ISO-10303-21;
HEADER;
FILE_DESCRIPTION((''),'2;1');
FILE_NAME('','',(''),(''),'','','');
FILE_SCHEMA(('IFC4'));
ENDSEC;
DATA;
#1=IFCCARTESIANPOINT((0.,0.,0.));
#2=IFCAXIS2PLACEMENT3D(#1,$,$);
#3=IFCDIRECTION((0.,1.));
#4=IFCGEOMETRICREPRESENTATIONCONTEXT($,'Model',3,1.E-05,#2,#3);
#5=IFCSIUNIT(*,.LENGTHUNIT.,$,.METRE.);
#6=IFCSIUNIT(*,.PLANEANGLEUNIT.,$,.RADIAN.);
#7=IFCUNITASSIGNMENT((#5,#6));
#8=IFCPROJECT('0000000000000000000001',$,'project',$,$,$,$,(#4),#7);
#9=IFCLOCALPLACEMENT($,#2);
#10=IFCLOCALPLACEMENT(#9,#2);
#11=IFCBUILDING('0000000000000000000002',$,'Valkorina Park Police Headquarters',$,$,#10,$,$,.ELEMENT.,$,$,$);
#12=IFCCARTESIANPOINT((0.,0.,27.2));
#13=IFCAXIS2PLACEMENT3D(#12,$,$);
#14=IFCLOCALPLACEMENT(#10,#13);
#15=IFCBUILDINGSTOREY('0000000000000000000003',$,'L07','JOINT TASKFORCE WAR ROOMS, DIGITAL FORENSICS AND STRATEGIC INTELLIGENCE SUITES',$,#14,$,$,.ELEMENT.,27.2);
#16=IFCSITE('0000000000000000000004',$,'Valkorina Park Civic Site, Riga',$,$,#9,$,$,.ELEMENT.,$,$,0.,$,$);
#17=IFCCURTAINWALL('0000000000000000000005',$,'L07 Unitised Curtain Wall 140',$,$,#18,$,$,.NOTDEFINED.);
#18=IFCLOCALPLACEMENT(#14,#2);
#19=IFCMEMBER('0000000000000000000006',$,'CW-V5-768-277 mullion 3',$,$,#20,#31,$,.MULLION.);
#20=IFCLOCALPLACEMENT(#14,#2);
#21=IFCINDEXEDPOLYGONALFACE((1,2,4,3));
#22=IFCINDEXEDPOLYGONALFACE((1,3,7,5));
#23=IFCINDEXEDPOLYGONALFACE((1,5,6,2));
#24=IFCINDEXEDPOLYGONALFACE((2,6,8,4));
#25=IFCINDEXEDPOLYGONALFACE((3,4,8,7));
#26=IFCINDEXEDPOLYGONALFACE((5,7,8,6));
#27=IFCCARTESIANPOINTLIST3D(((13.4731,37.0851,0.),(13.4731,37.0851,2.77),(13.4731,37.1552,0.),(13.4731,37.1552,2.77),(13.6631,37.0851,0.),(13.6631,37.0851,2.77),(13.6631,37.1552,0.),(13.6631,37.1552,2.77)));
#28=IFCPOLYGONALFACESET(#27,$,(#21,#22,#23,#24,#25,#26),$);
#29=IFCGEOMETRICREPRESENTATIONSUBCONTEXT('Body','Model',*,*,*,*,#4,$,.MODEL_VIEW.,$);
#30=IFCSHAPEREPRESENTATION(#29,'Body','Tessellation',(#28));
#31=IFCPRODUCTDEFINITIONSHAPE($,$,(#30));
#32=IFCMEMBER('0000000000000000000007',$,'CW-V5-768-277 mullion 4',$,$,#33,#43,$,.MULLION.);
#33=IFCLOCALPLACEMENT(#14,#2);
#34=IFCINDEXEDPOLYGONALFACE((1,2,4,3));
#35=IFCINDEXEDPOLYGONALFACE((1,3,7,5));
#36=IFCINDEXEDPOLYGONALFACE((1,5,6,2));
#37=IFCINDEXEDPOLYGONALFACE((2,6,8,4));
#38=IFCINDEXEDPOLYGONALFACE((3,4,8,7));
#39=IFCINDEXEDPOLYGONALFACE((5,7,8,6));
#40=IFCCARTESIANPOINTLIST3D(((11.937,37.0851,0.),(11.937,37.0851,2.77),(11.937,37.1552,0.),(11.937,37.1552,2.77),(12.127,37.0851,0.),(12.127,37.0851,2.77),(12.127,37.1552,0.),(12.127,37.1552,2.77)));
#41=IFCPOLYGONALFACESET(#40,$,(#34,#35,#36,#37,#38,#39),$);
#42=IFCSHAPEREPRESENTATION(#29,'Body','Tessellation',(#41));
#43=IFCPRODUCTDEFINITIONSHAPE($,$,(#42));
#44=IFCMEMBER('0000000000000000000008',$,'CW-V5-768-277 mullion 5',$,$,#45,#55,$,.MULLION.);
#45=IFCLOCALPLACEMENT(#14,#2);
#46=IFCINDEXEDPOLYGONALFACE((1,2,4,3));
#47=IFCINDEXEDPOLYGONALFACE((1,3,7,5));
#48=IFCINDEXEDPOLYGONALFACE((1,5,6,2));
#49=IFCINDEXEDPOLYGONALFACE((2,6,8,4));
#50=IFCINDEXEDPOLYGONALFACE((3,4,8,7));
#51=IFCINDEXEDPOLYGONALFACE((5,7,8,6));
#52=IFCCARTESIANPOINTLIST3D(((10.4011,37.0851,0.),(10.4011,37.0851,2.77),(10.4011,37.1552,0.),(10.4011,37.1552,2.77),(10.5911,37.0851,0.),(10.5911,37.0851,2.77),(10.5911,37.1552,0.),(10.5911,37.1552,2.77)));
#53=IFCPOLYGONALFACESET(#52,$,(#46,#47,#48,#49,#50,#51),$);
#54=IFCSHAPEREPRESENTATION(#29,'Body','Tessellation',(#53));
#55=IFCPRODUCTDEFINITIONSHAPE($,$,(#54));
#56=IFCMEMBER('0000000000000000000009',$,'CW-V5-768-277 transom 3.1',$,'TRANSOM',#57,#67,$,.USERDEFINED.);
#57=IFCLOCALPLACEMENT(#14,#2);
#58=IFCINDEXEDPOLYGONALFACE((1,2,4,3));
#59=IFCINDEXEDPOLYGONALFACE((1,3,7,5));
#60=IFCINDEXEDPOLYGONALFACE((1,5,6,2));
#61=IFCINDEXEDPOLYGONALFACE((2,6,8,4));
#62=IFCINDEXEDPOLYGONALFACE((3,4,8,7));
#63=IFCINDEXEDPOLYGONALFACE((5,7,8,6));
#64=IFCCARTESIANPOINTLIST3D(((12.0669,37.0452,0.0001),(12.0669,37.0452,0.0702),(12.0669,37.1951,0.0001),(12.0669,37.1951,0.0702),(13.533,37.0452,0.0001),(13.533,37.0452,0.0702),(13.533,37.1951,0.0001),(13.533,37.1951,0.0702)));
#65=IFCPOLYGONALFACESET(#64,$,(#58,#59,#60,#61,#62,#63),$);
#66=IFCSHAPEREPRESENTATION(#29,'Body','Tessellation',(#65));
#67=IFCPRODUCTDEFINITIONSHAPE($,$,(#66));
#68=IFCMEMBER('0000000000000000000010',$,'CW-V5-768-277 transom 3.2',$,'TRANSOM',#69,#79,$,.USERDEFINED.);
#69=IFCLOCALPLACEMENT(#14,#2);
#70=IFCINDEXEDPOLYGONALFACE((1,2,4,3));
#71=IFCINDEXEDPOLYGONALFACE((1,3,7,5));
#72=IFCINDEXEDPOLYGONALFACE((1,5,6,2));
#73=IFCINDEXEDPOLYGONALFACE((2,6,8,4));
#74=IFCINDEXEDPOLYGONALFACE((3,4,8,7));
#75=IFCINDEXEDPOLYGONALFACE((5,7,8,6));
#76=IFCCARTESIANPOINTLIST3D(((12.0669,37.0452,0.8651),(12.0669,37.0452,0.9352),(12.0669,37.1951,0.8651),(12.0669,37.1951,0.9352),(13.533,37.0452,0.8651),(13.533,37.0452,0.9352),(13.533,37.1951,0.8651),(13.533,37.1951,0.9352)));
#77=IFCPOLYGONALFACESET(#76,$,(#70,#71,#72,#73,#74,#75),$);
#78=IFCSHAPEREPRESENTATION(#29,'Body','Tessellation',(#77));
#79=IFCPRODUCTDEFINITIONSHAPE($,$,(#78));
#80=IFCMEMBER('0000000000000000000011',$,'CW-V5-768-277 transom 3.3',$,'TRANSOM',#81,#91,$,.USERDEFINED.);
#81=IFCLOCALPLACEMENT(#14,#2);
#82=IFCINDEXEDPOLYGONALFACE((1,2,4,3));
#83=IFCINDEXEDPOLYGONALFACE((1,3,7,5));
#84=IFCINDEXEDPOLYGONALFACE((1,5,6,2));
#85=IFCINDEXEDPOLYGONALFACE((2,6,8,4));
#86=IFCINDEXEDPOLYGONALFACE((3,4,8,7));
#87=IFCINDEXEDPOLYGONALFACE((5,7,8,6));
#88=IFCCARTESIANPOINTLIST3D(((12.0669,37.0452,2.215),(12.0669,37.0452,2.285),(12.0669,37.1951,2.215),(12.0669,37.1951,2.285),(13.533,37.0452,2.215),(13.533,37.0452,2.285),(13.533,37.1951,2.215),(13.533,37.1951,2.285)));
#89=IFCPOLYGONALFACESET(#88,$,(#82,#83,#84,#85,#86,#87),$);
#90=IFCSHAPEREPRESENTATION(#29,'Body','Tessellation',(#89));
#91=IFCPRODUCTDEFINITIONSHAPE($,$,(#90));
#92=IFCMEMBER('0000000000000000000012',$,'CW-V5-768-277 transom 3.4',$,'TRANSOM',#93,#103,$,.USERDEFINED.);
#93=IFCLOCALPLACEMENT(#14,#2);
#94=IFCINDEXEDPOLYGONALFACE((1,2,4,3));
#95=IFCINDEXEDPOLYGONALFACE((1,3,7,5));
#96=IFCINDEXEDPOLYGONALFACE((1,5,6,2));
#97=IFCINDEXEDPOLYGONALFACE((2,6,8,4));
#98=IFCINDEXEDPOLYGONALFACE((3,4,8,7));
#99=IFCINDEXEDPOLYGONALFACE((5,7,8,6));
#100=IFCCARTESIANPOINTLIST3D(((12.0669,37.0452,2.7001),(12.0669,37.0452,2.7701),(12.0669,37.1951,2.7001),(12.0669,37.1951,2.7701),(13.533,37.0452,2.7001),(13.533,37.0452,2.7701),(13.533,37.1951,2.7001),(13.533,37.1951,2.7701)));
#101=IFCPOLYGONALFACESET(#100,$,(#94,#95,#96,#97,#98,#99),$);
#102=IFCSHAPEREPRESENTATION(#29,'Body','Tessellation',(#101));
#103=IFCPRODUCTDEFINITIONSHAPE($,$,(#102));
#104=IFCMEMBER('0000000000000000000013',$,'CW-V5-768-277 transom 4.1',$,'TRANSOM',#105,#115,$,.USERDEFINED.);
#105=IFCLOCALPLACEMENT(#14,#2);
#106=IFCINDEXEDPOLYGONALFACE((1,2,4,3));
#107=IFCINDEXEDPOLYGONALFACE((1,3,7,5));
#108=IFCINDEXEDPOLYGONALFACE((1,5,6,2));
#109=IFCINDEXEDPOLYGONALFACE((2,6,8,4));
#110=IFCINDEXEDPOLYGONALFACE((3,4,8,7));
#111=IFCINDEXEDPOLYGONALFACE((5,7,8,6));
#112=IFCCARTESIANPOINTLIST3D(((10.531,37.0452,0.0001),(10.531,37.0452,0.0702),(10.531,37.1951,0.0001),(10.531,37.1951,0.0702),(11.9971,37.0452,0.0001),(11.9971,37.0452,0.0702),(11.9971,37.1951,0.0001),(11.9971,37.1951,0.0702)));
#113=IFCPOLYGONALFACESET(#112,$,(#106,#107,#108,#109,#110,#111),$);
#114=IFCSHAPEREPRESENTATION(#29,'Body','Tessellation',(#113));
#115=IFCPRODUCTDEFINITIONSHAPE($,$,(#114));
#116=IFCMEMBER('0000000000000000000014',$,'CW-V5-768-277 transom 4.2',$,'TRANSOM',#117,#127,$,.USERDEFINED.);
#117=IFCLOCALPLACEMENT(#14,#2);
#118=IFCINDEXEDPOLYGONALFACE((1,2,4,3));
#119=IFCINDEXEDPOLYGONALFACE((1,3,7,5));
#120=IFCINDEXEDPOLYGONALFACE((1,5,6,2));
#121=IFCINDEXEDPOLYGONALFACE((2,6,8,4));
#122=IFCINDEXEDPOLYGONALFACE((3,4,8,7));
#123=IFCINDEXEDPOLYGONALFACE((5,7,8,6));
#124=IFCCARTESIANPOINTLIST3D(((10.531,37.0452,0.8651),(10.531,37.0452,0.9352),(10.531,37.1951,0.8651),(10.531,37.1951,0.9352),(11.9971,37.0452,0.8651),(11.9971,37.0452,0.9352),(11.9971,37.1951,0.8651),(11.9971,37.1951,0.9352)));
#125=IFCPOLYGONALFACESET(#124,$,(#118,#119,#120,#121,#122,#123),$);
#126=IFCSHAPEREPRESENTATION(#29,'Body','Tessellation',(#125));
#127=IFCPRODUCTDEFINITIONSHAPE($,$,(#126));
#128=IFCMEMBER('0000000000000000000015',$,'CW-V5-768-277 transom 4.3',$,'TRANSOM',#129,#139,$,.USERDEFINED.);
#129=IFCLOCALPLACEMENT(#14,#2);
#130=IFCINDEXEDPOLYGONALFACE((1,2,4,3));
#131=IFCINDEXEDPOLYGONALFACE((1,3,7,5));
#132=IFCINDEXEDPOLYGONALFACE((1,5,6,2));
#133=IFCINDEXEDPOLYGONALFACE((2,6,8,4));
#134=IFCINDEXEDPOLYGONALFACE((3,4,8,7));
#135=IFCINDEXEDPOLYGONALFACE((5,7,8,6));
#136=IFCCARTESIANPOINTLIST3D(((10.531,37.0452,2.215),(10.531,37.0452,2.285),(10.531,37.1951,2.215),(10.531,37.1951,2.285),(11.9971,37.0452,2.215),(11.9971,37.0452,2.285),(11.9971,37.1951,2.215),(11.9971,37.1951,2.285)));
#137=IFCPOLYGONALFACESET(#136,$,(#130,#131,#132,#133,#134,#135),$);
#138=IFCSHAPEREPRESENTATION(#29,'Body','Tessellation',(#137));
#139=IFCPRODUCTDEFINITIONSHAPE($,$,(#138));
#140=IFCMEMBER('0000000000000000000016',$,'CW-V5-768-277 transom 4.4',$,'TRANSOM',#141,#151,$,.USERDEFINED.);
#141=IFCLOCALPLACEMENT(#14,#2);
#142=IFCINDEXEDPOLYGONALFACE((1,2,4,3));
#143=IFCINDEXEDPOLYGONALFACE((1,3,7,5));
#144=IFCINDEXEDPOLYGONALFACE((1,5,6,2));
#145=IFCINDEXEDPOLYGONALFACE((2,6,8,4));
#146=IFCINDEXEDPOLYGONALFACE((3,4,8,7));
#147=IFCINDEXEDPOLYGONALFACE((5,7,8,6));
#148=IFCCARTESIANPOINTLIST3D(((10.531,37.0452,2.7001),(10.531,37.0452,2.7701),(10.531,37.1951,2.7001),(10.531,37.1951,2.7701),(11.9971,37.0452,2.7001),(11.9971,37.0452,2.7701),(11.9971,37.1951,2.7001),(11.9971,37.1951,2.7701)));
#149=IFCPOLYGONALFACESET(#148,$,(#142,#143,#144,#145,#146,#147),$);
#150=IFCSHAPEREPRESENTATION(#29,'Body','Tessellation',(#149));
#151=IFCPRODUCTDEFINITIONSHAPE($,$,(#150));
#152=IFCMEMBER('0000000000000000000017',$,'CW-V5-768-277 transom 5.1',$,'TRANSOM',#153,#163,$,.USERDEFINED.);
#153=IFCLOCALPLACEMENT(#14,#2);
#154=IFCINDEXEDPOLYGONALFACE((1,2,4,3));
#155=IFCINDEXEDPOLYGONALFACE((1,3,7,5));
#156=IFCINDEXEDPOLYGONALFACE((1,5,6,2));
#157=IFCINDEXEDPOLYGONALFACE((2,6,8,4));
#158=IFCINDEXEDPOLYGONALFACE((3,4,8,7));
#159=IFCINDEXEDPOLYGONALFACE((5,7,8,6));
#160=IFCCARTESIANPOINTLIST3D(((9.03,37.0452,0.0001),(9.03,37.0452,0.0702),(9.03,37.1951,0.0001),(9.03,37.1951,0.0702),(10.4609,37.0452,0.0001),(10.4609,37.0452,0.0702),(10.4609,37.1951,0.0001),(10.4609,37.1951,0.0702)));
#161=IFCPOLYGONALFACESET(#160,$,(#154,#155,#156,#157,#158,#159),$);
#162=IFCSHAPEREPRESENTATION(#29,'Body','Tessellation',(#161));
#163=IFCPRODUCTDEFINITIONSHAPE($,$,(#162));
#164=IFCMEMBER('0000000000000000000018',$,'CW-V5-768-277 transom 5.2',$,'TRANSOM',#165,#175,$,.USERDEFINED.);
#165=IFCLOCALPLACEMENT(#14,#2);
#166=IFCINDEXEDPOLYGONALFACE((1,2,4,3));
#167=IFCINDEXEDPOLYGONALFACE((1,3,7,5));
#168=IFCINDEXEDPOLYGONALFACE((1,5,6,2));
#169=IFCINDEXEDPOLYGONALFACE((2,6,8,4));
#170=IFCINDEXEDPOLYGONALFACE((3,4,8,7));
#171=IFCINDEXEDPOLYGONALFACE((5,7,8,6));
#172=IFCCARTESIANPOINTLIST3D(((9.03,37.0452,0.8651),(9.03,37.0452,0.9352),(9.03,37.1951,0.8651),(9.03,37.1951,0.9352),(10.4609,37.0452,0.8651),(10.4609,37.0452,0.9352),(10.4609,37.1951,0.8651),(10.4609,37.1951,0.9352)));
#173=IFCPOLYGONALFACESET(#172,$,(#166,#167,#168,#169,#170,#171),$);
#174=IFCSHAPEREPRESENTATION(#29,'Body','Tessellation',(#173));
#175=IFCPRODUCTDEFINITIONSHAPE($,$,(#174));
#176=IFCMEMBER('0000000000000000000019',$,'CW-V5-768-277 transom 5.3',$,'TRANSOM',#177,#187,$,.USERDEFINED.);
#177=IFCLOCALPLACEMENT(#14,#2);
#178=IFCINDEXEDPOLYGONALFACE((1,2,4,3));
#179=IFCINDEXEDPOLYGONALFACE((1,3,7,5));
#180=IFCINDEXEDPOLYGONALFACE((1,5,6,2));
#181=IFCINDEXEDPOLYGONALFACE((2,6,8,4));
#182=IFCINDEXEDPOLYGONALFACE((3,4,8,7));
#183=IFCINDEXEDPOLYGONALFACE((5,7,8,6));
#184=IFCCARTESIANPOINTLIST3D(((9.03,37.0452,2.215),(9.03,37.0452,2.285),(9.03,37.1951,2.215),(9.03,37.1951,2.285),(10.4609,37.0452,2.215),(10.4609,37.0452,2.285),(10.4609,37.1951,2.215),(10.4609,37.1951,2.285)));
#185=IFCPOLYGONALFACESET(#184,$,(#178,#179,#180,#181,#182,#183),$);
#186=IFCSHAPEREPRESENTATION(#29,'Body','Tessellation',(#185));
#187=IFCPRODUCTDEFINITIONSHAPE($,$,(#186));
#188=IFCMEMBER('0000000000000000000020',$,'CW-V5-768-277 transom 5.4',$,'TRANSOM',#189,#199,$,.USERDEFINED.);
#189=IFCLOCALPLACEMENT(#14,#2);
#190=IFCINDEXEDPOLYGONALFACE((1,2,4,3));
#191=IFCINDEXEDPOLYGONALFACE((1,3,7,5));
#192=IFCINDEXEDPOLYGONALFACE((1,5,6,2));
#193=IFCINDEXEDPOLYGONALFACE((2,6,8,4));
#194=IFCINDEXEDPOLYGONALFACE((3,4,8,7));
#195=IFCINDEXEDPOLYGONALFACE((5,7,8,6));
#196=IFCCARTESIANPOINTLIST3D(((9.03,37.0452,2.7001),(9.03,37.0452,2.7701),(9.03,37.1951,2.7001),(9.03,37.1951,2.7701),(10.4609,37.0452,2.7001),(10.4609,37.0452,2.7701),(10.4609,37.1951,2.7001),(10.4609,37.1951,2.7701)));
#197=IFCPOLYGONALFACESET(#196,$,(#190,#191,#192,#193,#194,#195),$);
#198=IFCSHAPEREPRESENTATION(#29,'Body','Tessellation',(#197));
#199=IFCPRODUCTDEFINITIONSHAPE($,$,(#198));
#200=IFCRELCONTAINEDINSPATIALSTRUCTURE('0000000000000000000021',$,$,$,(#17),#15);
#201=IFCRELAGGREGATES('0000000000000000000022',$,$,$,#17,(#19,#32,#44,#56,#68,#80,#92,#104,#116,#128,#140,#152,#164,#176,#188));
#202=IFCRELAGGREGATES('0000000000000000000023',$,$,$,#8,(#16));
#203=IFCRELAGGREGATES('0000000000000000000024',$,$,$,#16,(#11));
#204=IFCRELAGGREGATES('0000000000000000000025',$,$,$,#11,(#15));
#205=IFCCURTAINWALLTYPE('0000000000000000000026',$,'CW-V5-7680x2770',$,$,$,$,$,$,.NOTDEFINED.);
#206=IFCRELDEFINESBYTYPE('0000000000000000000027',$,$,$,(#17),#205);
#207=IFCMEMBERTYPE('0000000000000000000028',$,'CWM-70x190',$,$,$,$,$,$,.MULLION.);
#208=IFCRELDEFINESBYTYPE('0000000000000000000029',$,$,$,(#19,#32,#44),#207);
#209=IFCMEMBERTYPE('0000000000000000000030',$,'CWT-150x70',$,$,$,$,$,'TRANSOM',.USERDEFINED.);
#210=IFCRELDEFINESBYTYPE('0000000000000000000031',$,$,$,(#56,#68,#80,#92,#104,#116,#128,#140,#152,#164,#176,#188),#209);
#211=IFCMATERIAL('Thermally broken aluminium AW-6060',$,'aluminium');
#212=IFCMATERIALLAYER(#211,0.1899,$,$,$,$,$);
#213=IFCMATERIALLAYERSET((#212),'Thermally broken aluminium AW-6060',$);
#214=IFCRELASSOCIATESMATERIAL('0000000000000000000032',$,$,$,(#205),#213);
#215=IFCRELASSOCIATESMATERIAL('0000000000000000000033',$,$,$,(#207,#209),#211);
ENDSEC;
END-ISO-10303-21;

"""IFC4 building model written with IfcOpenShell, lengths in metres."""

from ifc_helpers import new_model, si_unit, direction, frame, origin, origin_2d, place, context, subcontext, project, spatial, rectangle, extrude, material, layer, layer_set, material_profile, profile_set, type_object, element, aggregate, save


model = new_model("IFC4")

# Units and contexts
model_context = context("Model", 3, precision=1e-05, world=origin(), true_north=direction((0.0, 1.0)))
body_context = subcontext(model_context, "Body", "Model", "MODEL_VIEW")
ifc_project = project(units=[si_unit("LENGTHUNIT", "METRE"), si_unit("PLANEANGLEUNIT", "RADIAN")], contexts=[model_context])

# Site, building, storey
site_placement = place(None, origin())
site = spatial("IfcSite", under=ifc_project, at=site_placement, Name="Valkorina Park Civic Site, Riga", CompositionType="ELEMENT", RefElevation=0.0)
building_placement = place(site_placement, origin())
building = spatial("IfcBuilding", under=site, at=building_placement, Name="Valkorina Park Police Headquarters", CompositionType="ELEMENT")
storey_placement = place(building_placement, frame((0.0, 0.0, 27.2)))
storey = spatial("IfcBuildingStorey", under=building, at=storey_placement, Name="L07", Description="JOINT TASKFORCE WAR ROOMS, DIGITAL FORENSICS AND STRATEGIC INTELLIGENCE SUITES", CompositionType="ELEMENT", Elevation=27.2)

# Curtain wall, members
ifc_material_1 = material(Name="Thermally broken aluminium AW-6060", Category="aluminium")
ifc_layer_1 = layer(ifc_material_1, 0.1899)
ifc_layer_set_1 = layer_set([ifc_layer_1], Name="Thermally broken aluminium AW-6060")
curtain_wall_type = type_object("IfcCurtainWallType", Name="CW-V5-7680x2770", PredefinedType="NOTDEFINED", material=ifc_layer_set_1)
curtain_wall_placement = place(storey_placement, origin())
curtain_wall = element("IfcCurtainWall", 1, at=curtain_wall_placement, inside=storey, type_object=curtain_wall_type, Name="L07 Unitised Curtain Wall 140", PredefinedType="NOTDEFINED")
ifc_material_profile_1 = material_profile(ifc_material_1, rectangle(XDim=0.0701, YDim=0.1899, at=origin_2d()), Name="CWM-02 70x190")
ifc_profile_set_1 = profile_set([ifc_material_profile_1], Name="Thermally broken aluminium AW-6060")
member_type_1 = type_object("IfcMemberType", Name="CWM-70x190", PredefinedType="MULLION", material=ifc_profile_set_1)
member_1_placement = place(storey_placement, frame((13.5681, 37.1201, 0.0), z_axis=(0.0, 0.0, 1.0), x_axis=(0.0, -1.0, 0.0)))
member_1 = element("IfcMember", 2, at=member_1_placement, type_object=member_type_1, Name="CW-V5-768-277 mullion 3", PredefinedType="MULLION", context=body_context, shape_type="SweptSolid", body=[
    extrude(rectangle(XDim=0.0701, YDim=0.1899, at=origin_2d()), origin(), (0.0, 0.0, 1.0), 2.77),
])
member_2_placement = place(storey_placement, frame((12.032, 37.1201, 0.0), z_axis=(0.0, 0.0, 1.0), x_axis=(0.0, -1.0, 0.0)))
member_2 = element("IfcMember", 3, at=member_2_placement, type_object=member_type_1, Name="CW-V5-768-277 mullion 4", PredefinedType="MULLION", context=body_context, shape_type="SweptSolid", body=[
    extrude(rectangle(XDim=0.0701, YDim=0.1899, at=origin_2d()), origin(), (0.0, 0.0, 1.0), 2.77),
])
member_3_placement = place(storey_placement, frame((10.4961, 37.1201, 0.0), z_axis=(0.0, 0.0, 1.0), x_axis=(0.0, -1.0, 0.0)))
member_3 = element("IfcMember", 4, at=member_3_placement, type_object=member_type_1, Name="CW-V5-768-277 mullion 5", PredefinedType="MULLION", context=body_context, shape_type="SweptSolid", body=[
    extrude(rectangle(XDim=0.0701, YDim=0.1899, at=origin_2d()), origin(), (0.0, 0.0, 1.0), 2.77),
])
ifc_material_profile_2 = material_profile(ifc_material_1, rectangle(XDim=0.1499, YDim=0.0701, at=origin_2d()), Name="CWT-02 150x70")
ifc_profile_set_2 = profile_set([ifc_material_profile_2], Name="Thermally broken aluminium AW-6060")
member_type_2 = type_object("IfcMemberType", Name="CWT-150x70", ElementType="TRANSOM", PredefinedType="USERDEFINED", material=ifc_profile_set_2)
member_4_placement = place(storey_placement, frame((13.533, 37.1201, 0.0352), z_axis=(-1.0, 0.0, 0.0), x_axis=(0.0, -1.0, 0.0)))
member_4 = element("IfcMember", 5, at=member_4_placement, type_object=member_type_2, Name="CW-V5-768-277 transom 3.1", ObjectType="TRANSOM", PredefinedType="USERDEFINED", context=body_context, shape_type="SweptSolid", body=[
    extrude(rectangle(XDim=0.1499, YDim=0.0701, at=origin_2d()), origin(), (0.0, 0.0, 1.0), 1.4661),
])
member_5_placement = place(storey_placement, frame((13.533, 37.1201, 0.9001), z_axis=(-1.0, 0.0, 0.0), x_axis=(0.0, -1.0, 0.0)))
member_5 = element("IfcMember", 6, at=member_5_placement, type_object=member_type_2, Name="CW-V5-768-277 transom 3.2", ObjectType="TRANSOM", PredefinedType="USERDEFINED", context=body_context, shape_type="SweptSolid", body=[
    extrude(rectangle(XDim=0.1499, YDim=0.0701, at=origin_2d()), origin(), (0.0, 0.0, 1.0), 1.4661),
])
member_6_placement = place(storey_placement, frame((13.533, 37.1201, 2.25), z_axis=(-1.0, 0.0, 0.0), x_axis=(0.0, -1.0, 0.0)))
member_6 = element("IfcMember", 7, at=member_6_placement, type_object=member_type_2, Name="CW-V5-768-277 transom 3.3", ObjectType="TRANSOM", PredefinedType="USERDEFINED", context=body_context, shape_type="SweptSolid", body=[
    extrude(rectangle(XDim=0.1499, YDim=0.0701, at=origin_2d()), origin(), (0.0, 0.0, 1.0), 1.4661),
])
member_7_placement = place(storey_placement, frame((13.533, 37.1201, 2.7351), z_axis=(-1.0, 0.0, 0.0), x_axis=(0.0, -1.0, 0.0)))
member_7 = element("IfcMember", 8, at=member_7_placement, type_object=member_type_2, Name="CW-V5-768-277 transom 3.4", ObjectType="TRANSOM", PredefinedType="USERDEFINED", context=body_context, shape_type="SweptSolid", body=[
    extrude(rectangle(XDim=0.1499, YDim=0.0701, at=origin_2d()), origin(), (0.0, 0.0, 1.0), 1.4661),
])
member_8_placement = place(storey_placement, frame((11.9971, 37.1201, 0.0352), z_axis=(-1.0, 0.0, 0.0), x_axis=(0.0, -1.0, 0.0)))
member_8 = element("IfcMember", 9, at=member_8_placement, type_object=member_type_2, Name="CW-V5-768-277 transom 4.1", ObjectType="TRANSOM", PredefinedType="USERDEFINED", context=body_context, shape_type="SweptSolid", body=[
    extrude(rectangle(XDim=0.1499, YDim=0.0701, at=origin_2d()), origin(), (0.0, 0.0, 1.0), 1.4661),
])
member_9_placement = place(storey_placement, frame((11.9971, 37.1201, 0.9001), z_axis=(-1.0, 0.0, 0.0), x_axis=(0.0, -1.0, 0.0)))
member_9 = element("IfcMember", 10, at=member_9_placement, type_object=member_type_2, Name="CW-V5-768-277 transom 4.2", ObjectType="TRANSOM", PredefinedType="USERDEFINED", context=body_context, shape_type="SweptSolid", body=[
    extrude(rectangle(XDim=0.1499, YDim=0.0701, at=origin_2d()), origin(), (0.0, 0.0, 1.0), 1.4661),
])
member_10_placement = place(storey_placement, frame((11.9971, 37.1201, 2.25), z_axis=(-1.0, 0.0, 0.0), x_axis=(0.0, -1.0, 0.0)))
member_10 = element("IfcMember", 11, at=member_10_placement, type_object=member_type_2, Name="CW-V5-768-277 transom 4.3", ObjectType="TRANSOM", PredefinedType="USERDEFINED", context=body_context, shape_type="SweptSolid", body=[
    extrude(rectangle(XDim=0.1499, YDim=0.0701, at=origin_2d()), origin(), (0.0, 0.0, 1.0), 1.4661),
])
member_11_placement = place(storey_placement, frame((11.9971, 37.1201, 2.7351), z_axis=(-1.0, 0.0, 0.0), x_axis=(0.0, -1.0, 0.0)))
member_11 = element("IfcMember", 12, at=member_11_placement, type_object=member_type_2, Name="CW-V5-768-277 transom 4.4", ObjectType="TRANSOM", PredefinedType="USERDEFINED", context=body_context, shape_type="SweptSolid", body=[
    extrude(rectangle(XDim=0.1499, YDim=0.0701, at=origin_2d()), origin(), (0.0, 0.0, 1.0), 1.4661),
])
member_12_placement = place(storey_placement, frame((10.4609, 37.1201, 0.0352), z_axis=(-1.0, 0.0, 0.0), x_axis=(0.0, -1.0, 0.0)))
member_12 = element("IfcMember", 13, at=member_12_placement, type_object=member_type_2, Name="CW-V5-768-277 transom 5.1", ObjectType="TRANSOM", PredefinedType="USERDEFINED", context=body_context, shape_type="SweptSolid", body=[
    extrude(rectangle(XDim=0.1499, YDim=0.0701, at=origin_2d()), origin(), (0.0, 0.0, 1.0), 1.4309),
])
member_13_placement = place(storey_placement, frame((10.4609, 37.1201, 0.9001), z_axis=(-1.0, 0.0, 0.0), x_axis=(0.0, -1.0, 0.0)))
member_13 = element("IfcMember", 14, at=member_13_placement, type_object=member_type_2, Name="CW-V5-768-277 transom 5.2", ObjectType="TRANSOM", PredefinedType="USERDEFINED", context=body_context, shape_type="SweptSolid", body=[
    extrude(rectangle(XDim=0.1499, YDim=0.0701, at=origin_2d()), origin(), (0.0, 0.0, 1.0), 1.4309),
])
member_14_placement = place(storey_placement, frame((10.4609, 37.1201, 2.25), z_axis=(-1.0, 0.0, 0.0), x_axis=(0.0, -1.0, 0.0)))
member_14 = element("IfcMember", 15, at=member_14_placement, type_object=member_type_2, Name="CW-V5-768-277 transom 5.3", ObjectType="TRANSOM", PredefinedType="USERDEFINED", context=body_context, shape_type="SweptSolid", body=[
    extrude(rectangle(XDim=0.1499, YDim=0.0701, at=origin_2d()), origin(), (0.0, 0.0, 1.0), 1.4309),
])
member_15_placement = place(storey_placement, frame((10.4609, 37.1201, 2.7351), z_axis=(-1.0, 0.0, 0.0), x_axis=(0.0, -1.0, 0.0)))
member_15 = element("IfcMember", 16, at=member_15_placement, type_object=member_type_2, Name="CW-V5-768-277 transom 5.4", ObjectType="TRANSOM", PredefinedType="USERDEFINED", context=body_context, shape_type="SweptSolid", body=[
    extrude(rectangle(XDim=0.1499, YDim=0.0701, at=origin_2d()), origin(), (0.0, 0.0, 1.0), 1.4309),
])
aggregate(curtain_wall, [member_1, member_2, member_3, member_4, member_5, member_6, member_7, member_8, member_9, member_10, member_11, member_12, member_13, member_14, member_15])

save(model, "model.ifc")
